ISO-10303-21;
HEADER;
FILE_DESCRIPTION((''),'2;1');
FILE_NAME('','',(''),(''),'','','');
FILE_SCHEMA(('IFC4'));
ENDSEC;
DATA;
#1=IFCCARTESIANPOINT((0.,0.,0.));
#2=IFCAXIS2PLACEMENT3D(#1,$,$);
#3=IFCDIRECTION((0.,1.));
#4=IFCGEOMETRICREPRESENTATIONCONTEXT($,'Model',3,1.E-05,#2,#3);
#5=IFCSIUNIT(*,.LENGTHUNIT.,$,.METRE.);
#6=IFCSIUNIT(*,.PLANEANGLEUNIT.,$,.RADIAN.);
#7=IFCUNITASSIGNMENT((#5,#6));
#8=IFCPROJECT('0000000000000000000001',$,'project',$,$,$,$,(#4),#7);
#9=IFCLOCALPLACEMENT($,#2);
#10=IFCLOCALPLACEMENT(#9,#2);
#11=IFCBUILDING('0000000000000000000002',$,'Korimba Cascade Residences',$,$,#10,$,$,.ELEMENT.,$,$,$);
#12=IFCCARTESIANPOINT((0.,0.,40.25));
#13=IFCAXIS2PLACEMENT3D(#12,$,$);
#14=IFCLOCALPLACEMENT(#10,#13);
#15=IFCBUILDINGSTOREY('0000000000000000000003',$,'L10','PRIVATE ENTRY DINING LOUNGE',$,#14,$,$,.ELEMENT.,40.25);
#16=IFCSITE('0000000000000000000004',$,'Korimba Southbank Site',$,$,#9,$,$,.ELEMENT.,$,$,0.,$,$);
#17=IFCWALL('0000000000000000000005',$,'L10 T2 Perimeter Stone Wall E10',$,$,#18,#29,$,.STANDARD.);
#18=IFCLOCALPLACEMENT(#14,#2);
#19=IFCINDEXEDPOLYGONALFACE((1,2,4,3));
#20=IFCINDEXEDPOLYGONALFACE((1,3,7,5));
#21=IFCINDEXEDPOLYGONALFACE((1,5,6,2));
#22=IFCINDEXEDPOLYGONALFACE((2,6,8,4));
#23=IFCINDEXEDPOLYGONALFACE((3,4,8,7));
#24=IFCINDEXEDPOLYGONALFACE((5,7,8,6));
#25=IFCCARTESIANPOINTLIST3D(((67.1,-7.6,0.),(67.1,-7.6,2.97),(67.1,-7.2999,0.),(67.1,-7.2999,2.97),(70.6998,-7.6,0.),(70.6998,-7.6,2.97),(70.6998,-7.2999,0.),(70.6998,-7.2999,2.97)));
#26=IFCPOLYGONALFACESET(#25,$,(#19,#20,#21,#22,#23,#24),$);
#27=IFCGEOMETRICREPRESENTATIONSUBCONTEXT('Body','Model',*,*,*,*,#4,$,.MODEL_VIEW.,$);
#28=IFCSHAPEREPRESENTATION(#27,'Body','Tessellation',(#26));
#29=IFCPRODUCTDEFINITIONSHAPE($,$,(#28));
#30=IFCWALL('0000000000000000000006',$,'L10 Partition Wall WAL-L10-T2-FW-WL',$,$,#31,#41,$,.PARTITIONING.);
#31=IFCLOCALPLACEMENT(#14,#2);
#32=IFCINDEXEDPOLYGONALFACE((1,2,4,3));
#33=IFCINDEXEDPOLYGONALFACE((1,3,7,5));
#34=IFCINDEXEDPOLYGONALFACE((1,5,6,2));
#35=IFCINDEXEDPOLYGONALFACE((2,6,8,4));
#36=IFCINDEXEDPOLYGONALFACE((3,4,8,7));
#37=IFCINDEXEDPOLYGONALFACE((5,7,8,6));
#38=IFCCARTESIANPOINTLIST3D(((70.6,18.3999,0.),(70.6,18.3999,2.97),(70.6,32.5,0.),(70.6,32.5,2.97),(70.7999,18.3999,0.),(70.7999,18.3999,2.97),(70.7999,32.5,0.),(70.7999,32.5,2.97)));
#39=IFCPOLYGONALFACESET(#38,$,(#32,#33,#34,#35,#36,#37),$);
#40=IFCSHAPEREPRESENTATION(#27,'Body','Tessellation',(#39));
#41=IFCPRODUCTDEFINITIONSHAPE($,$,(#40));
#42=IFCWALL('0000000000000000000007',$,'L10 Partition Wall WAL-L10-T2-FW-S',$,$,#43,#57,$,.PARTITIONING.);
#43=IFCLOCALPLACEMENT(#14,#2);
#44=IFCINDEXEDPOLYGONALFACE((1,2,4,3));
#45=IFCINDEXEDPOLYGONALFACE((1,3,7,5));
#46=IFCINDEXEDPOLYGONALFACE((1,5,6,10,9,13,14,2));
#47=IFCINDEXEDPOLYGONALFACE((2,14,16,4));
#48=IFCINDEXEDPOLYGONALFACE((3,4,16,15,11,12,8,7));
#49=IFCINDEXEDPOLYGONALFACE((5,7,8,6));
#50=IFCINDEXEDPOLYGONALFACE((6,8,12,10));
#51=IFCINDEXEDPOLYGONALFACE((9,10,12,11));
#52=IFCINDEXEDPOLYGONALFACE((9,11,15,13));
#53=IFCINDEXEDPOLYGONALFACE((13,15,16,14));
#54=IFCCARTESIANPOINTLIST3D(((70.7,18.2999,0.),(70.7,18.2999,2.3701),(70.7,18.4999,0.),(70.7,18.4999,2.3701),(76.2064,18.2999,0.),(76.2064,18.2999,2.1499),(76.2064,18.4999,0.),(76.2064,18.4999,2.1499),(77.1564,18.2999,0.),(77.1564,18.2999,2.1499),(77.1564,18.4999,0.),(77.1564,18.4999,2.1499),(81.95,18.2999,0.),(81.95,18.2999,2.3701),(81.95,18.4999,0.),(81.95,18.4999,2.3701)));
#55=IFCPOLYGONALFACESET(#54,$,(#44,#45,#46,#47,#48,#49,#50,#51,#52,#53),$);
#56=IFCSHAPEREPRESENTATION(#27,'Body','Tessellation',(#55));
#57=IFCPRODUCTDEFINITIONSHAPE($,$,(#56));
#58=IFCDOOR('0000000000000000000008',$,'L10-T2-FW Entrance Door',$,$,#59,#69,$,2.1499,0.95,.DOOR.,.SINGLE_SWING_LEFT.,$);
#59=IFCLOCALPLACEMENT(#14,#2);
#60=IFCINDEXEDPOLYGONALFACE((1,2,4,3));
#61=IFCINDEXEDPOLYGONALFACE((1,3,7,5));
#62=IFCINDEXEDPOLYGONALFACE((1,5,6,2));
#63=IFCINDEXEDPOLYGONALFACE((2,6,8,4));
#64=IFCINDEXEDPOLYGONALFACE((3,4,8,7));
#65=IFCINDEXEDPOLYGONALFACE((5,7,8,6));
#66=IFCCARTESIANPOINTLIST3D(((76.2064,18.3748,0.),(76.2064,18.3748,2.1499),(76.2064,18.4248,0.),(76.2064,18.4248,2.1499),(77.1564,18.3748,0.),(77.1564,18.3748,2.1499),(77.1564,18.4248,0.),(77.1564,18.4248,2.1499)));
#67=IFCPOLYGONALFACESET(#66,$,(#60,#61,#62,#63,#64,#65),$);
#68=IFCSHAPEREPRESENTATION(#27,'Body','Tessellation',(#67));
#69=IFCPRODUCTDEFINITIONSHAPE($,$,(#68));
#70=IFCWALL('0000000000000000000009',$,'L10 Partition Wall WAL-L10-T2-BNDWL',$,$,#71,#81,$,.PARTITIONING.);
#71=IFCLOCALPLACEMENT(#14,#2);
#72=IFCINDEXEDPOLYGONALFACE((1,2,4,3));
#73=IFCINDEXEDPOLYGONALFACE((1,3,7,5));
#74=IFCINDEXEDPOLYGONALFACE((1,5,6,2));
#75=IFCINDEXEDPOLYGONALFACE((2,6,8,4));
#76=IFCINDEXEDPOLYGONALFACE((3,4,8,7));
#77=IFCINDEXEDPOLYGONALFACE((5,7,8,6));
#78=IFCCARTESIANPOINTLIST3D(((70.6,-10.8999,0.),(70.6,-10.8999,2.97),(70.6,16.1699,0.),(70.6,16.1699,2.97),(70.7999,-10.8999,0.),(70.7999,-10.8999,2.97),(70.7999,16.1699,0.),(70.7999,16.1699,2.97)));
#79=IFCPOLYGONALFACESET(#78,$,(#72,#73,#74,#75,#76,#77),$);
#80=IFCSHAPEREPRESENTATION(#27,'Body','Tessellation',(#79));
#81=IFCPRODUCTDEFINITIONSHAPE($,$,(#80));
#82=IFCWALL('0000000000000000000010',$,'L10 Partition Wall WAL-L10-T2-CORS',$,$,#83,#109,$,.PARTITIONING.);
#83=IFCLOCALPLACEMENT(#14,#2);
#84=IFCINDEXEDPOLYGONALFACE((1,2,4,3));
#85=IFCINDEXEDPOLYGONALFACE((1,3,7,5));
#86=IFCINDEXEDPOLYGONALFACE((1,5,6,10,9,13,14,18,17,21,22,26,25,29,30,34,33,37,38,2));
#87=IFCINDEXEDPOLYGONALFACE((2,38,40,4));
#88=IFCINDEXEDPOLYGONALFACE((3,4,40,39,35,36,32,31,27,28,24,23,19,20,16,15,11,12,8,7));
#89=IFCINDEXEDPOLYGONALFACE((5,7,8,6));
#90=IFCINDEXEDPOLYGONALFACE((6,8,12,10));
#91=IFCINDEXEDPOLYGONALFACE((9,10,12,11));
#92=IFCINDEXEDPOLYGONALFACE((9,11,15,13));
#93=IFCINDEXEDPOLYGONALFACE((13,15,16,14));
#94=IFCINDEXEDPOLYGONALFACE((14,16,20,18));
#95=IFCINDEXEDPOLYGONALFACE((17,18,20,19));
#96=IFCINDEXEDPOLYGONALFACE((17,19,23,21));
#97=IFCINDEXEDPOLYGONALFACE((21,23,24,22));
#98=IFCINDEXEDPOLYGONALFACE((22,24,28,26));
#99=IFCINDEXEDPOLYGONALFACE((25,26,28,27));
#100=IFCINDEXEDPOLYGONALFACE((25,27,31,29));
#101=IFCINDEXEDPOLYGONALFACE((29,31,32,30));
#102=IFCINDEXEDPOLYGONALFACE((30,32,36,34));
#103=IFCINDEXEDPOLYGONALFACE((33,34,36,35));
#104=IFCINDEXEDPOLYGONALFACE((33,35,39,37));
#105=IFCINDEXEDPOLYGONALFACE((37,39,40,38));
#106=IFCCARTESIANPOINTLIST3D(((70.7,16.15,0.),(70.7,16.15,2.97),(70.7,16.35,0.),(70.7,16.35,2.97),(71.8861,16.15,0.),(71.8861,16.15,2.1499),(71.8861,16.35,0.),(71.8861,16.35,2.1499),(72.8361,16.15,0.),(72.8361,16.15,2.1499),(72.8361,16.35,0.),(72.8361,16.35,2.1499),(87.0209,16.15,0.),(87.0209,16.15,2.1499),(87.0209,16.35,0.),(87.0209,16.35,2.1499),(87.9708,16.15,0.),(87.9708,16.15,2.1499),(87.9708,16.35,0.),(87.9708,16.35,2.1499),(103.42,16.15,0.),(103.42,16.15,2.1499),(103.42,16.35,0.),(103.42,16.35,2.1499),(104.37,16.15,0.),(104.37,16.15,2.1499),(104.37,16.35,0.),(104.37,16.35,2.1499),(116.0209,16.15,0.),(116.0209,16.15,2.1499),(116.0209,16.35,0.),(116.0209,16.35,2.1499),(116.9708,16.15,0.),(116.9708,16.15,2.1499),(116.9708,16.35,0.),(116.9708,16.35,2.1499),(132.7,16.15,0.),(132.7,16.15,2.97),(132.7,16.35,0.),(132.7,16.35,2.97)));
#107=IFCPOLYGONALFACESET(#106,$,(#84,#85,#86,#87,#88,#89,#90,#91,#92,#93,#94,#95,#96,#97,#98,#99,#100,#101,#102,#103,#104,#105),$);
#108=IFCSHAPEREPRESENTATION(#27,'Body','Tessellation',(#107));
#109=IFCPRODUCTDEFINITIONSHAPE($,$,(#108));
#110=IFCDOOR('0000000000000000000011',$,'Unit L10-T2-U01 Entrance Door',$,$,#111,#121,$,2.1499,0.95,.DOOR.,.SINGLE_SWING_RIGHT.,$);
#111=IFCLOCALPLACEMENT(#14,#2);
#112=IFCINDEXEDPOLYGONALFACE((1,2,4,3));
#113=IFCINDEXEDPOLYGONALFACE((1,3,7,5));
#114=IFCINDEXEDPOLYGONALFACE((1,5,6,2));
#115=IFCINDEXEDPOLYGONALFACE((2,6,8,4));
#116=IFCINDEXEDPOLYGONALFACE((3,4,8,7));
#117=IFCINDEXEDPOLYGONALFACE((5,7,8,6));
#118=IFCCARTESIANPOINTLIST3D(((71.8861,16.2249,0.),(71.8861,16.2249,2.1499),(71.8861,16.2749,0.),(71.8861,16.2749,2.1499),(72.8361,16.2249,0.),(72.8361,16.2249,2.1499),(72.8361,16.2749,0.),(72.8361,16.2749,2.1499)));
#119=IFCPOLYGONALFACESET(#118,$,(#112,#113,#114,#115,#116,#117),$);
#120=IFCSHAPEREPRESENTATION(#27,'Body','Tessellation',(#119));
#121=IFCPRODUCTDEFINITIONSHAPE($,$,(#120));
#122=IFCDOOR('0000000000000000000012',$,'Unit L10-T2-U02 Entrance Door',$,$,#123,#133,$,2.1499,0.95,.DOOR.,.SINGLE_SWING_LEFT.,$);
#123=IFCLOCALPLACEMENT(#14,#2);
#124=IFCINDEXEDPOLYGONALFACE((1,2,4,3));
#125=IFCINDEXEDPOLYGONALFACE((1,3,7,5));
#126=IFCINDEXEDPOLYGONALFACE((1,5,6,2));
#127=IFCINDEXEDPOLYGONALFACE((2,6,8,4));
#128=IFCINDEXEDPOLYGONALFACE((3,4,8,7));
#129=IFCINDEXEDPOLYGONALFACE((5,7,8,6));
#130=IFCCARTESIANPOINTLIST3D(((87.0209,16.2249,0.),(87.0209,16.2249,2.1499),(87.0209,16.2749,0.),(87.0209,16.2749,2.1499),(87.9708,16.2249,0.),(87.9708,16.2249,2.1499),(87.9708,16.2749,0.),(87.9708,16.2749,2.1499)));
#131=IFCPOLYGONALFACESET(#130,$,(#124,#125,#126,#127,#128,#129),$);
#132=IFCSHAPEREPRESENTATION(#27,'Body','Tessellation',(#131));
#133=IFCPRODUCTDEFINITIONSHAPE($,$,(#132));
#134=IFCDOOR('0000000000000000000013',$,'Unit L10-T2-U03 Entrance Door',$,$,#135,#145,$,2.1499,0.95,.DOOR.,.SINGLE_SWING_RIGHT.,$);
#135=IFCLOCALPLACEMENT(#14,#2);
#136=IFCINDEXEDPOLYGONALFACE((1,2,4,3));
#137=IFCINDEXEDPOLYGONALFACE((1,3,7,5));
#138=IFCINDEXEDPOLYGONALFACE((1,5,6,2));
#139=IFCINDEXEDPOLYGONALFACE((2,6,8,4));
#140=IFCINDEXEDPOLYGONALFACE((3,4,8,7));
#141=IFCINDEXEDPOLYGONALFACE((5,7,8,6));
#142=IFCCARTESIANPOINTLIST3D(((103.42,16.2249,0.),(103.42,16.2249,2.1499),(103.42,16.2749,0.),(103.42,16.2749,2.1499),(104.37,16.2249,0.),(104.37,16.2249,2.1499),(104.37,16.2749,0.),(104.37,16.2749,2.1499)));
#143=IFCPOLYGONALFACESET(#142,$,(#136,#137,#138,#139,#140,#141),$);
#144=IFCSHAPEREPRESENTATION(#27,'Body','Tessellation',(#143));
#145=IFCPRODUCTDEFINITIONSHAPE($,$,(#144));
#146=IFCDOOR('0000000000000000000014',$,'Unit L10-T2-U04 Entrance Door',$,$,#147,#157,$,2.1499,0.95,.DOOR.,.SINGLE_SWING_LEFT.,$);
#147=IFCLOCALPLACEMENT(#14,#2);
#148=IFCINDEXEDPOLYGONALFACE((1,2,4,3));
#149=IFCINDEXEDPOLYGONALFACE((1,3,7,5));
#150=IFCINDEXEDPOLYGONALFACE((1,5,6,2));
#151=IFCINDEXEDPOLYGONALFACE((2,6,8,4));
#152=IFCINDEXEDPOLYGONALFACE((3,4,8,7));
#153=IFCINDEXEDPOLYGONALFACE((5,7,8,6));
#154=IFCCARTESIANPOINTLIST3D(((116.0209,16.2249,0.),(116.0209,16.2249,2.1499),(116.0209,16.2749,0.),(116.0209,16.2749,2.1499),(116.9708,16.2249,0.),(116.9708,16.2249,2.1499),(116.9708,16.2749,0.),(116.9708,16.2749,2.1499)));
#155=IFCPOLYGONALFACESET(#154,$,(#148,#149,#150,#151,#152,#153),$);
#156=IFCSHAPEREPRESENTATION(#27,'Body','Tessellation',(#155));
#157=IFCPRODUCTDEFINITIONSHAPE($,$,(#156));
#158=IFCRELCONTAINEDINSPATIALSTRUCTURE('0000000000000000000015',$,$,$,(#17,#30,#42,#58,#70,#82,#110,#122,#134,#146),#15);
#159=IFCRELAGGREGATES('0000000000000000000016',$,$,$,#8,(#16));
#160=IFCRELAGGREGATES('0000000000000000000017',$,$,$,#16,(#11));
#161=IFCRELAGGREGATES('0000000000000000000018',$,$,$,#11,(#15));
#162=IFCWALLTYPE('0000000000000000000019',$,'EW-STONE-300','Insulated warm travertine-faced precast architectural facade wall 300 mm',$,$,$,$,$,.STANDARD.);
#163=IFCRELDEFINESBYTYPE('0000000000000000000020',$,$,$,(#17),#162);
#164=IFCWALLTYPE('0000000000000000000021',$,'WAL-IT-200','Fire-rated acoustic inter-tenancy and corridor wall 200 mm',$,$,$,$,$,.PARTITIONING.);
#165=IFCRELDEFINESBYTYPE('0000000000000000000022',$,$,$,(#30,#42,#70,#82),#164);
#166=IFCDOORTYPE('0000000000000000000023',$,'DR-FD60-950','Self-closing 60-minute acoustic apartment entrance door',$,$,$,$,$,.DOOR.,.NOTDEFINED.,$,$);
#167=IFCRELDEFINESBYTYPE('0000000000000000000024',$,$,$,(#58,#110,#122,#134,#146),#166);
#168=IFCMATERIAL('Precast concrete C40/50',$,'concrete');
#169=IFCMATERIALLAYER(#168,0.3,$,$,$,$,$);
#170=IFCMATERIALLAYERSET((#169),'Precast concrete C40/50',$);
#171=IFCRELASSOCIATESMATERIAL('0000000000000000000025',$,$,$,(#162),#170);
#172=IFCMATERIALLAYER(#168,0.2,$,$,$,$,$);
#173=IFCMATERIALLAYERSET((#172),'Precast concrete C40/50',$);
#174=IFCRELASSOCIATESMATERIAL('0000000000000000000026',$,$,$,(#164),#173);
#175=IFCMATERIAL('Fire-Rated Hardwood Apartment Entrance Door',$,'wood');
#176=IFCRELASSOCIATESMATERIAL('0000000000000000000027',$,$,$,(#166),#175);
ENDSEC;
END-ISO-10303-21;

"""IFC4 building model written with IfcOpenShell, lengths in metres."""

from ifc_helpers import new_model, si_unit, direction, frame, frame_2d, origin, place, context, subcontext, project, spatial, rectangle, extrude, material, layer, layer_set, type_object, element, fill, save


model = new_model("IFC4")

# Units and contexts
model_context = context("Model", 3, precision=1e-05, world=origin(), true_north=direction((0.0, 1.0)))
body_context = subcontext(model_context, "Body", "Model", "MODEL_VIEW")
ifc_project = project(units=[si_unit("LENGTHUNIT", "METRE"), si_unit("PLANEANGLEUNIT", "RADIAN")], contexts=[model_context])

# Site, building, storey
site_placement = place(None, origin())
site = spatial("IfcSite", under=ifc_project, at=site_placement, Name="Korimba Southbank Site", CompositionType="ELEMENT", RefElevation=0.0)
building_placement = place(site_placement, origin())
building = spatial("IfcBuilding", under=site, at=building_placement, Name="Korimba Cascade Residences", CompositionType="ELEMENT")
storey_placement = place(building_placement, frame((0.0, 0.0, 40.25)))
storey = spatial("IfcBuildingStorey", under=building, at=storey_placement, Name="L10", Description="PRIVATE ENTRY DINING LOUNGE", CompositionType="ELEMENT", Elevation=40.25)

# Shared definitions
ifc_material_1 = material(Name="Precast concrete C40/50", Category="concrete")

# Walls
ifc_layer_1 = layer(ifc_material_1, 0.3)
ifc_layer_set_1 = layer_set([ifc_layer_1], Name="Precast concrete C40/50")
wall_type_1 = type_object("IfcWallType", Name="EW-STONE-300", Description="Insulated warm travertine-faced precast architectural facade wall 300 mm", PredefinedType="STANDARD", material=ifc_layer_set_1)
wall_1_placement = place(storey_placement, frame((67.1001, -7.45, 0.0), z_axis=(0.0, 0.0, 1.0), x_axis=(1.0, 0.0, 0.0)))
element("IfcWall", 1, at=wall_1_placement, inside=storey, type_object=wall_type_1, Name="L10 T2 Perimeter Stone Wall E10", PredefinedType="STANDARD", context=body_context, shape_type="SweptSolid", body=[
    extrude(rectangle(XDim=3.5999, YDim=0.3, at=frame_2d((1.7998, 0.0))), origin(), (0.0, 0.0, 1.0), 2.97),
])
ifc_layer_2 = layer(ifc_material_1, 0.2)
ifc_layer_set_2 = layer_set([ifc_layer_2], Name="Precast concrete C40/50")
wall_type_2 = type_object("IfcWallType", Name="WAL-IT-200", Description="Fire-rated acoustic inter-tenancy and corridor wall 200 mm", PredefinedType="PARTITIONING", material=ifc_layer_set_2)
wall_2_placement = place(storey_placement, frame((70.7, 18.3999, 0.0), z_axis=(0.0, 0.0, 1.0), x_axis=(0.0, 1.0, 0.0)))
element("IfcWall", 2, at=wall_2_placement, inside=storey, type_object=wall_type_2, Name="L10 Partition Wall WAL-L10-T2-FW-WL", PredefinedType="PARTITIONING", context=body_context, shape_type="SweptSolid", body=[
    extrude(rectangle(XDim=14.1001, YDim=0.2, at=frame_2d((7.05, 0.0))), origin(), (0.0, 0.0, 1.0), 2.97),
])

# Wall, opening, door
wall_3_placement = place(storey_placement, frame((70.7, 18.3999, 0.0), z_axis=(0.0, 0.0, 1.0), x_axis=(1.0, 0.0, 0.0)))
wall_3 = element("IfcWall", 3, at=wall_3_placement, inside=storey, type_object=wall_type_2, Name="L10 Partition Wall WAL-L10-T2-FW-S", PredefinedType="PARTITIONING", context=body_context, shape_type="SweptSolid", body=[
    extrude(rectangle(XDim=11.25, YDim=0.2, at=frame_2d((5.625, 0.0))), origin(), (0.0, 0.0, 1.0), 2.3701),
])
opening_1_placement = place(wall_3_placement, frame((5.5063, 0.0, 0.0)))
opening_1 = element("IfcOpeningElement", 4, at=opening_1_placement, cuts=wall_3, PredefinedType="OPENING", context=body_context, shape_type="SweptSolid", body=[
    extrude(rectangle(XDim=0.95, YDim=2.1499, at=frame_2d((0.4751, 1.075))), frame((0.0, 0.1099, 0.0), z_axis=(0.0, -1.0, 0.0), x_axis=(1.0, 0.0, 0.0)), (0.0, 0.0, 1.0), 0.22),
])
ifc_material_2 = material(Name="Fire-Rated Hardwood Apartment Entrance Door", Category="wood")
door_type_1 = type_object("IfcDoorType", Name="DR-FD60-950", Description="Self-closing 60-minute acoustic apartment entrance door", OperationType="NOTDEFINED", PredefinedType="DOOR", material=ifc_material_2)
door_1_placement = place(opening_1_placement, origin())
door_1 = element("IfcDoor", 5, at=door_1_placement, inside=storey, type_object=door_type_1, Name="L10-T2-FW Entrance Door", OperationType="SINGLE_SWING_LEFT", OverallHeight=2.1499, OverallWidth=0.95, PredefinedType="DOOR", context=body_context, shape_type="SweptSolid", body=[
    extrude(rectangle(XDim=0.95, YDim=2.1499, at=frame_2d((0.4751, 1.075))), frame((0.0, 0.0249, 0.0), z_axis=(0.0, -1.0, 0.0), x_axis=(1.0, 0.0, 0.0)), (0.0, 0.0, 1.0), 0.05),
])
fill(opening_1, door_1)

# Wall
wall_4_placement = place(storey_placement, frame((70.7, -10.8999, 0.0), z_axis=(0.0, 0.0, 1.0), x_axis=(0.0, 1.0, 0.0)))
element("IfcWall", 6, at=wall_4_placement, inside=storey, type_object=wall_type_2, Name="L10 Partition Wall WAL-L10-T2-BNDWL", PredefinedType="PARTITIONING", context=body_context, shape_type="SweptSolid", body=[
    extrude(rectangle(XDim=27.0698, YDim=0.2, at=frame_2d((13.5349, 0.0))), origin(), (0.0, 0.0, 1.0), 2.97),
])

# Wall, openings, doors
wall_5_placement = place(storey_placement, frame((70.7, 16.25, 0.0), z_axis=(0.0, 0.0, 1.0), x_axis=(1.0, 0.0, 0.0)))
wall_5 = element("IfcWall", 7, at=wall_5_placement, inside=storey, type_object=wall_type_2, Name="L10 Partition Wall WAL-L10-T2-CORS", PredefinedType="PARTITIONING", context=body_context, shape_type="SweptSolid", body=[
    extrude(rectangle(XDim=62.0, YDim=0.2, at=frame_2d((31.0, 0.0))), origin(), (0.0, 0.0, 1.0), 2.97),
])
opening_2_placement = place(wall_5_placement, frame((1.186, 0.0, 0.0)))
opening_2 = element("IfcOpeningElement", 8, at=opening_2_placement, cuts=wall_5, PredefinedType="OPENING", context=body_context, shape_type="SweptSolid", body=[
    extrude(rectangle(XDim=0.95, YDim=2.1499, at=frame_2d((0.4751, 1.075))), frame((0.0, 0.1099, 0.0), z_axis=(0.0, -1.0, 0.0), x_axis=(1.0, 0.0, 0.0)), (0.0, 0.0, 1.0), 0.22),
])
opening_3_placement = place(wall_5_placement, frame((16.3208, 0.0, 0.0)))
opening_3 = element("IfcOpeningElement", 9, at=opening_3_placement, cuts=wall_5, PredefinedType="OPENING", context=body_context, shape_type="SweptSolid", body=[
    extrude(rectangle(XDim=0.95, YDim=2.1499, at=frame_2d((0.4751, 1.075))), frame((0.0, 0.1099, 0.0), z_axis=(0.0, -1.0, 0.0), x_axis=(1.0, 0.0, 0.0)), (0.0, 0.0, 1.0), 0.22),
])
opening_4_placement = place(wall_5_placement, frame((32.72, 0.0, 0.0)))
opening_4 = element("IfcOpeningElement", 10, at=opening_4_placement, cuts=wall_5, PredefinedType="OPENING", context=body_context, shape_type="SweptSolid", body=[
    extrude(rectangle(XDim=0.95, YDim=2.1499, at=frame_2d((0.4751, 1.075))), frame((0.0, 0.1099, 0.0), z_axis=(0.0, -1.0, 0.0), x_axis=(1.0, 0.0, 0.0)), (0.0, 0.0, 1.0), 0.22),
])
opening_5_placement = place(wall_5_placement, frame((45.3208, 0.0, 0.0)))
opening_5 = element("IfcOpeningElement", 11, at=opening_5_placement, cuts=wall_5, PredefinedType="OPENING", context=body_context, shape_type="SweptSolid", body=[
    extrude(rectangle(XDim=0.95, YDim=2.1499, at=frame_2d((0.4751, 1.075))), frame((0.0, 0.1099, 0.0), z_axis=(0.0, -1.0, 0.0), x_axis=(1.0, 0.0, 0.0)), (0.0, 0.0, 1.0), 0.22),
])
door_2_placement = place(opening_2_placement, origin())
door_2 = element("IfcDoor", 12, at=door_2_placement, inside=storey, type_object=door_type_1, Name="Unit L10-T2-U01 Entrance Door", OperationType="SINGLE_SWING_RIGHT", OverallHeight=2.1499, OverallWidth=0.95, PredefinedType="DOOR", context=body_context, shape_type="SweptSolid", body=[
    extrude(rectangle(XDim=0.95, YDim=2.1499, at=frame_2d((0.4751, 1.075))), frame((0.0, 0.0249, 0.0), z_axis=(0.0, -1.0, 0.0), x_axis=(1.0, 0.0, 0.0)), (0.0, 0.0, 1.0), 0.05),
])
fill(opening_2, door_2)
door_3_placement = place(opening_3_placement, origin())
door_3 = element("IfcDoor", 13, at=door_3_placement, inside=storey, type_object=door_type_1, Name="Unit L10-T2-U02 Entrance Door", OperationType="SINGLE_SWING_LEFT", OverallHeight=2.1499, OverallWidth=0.95, PredefinedType="DOOR", context=body_context, shape_type="SweptSolid", body=[
    extrude(rectangle(XDim=0.95, YDim=2.1499, at=frame_2d((0.4751, 1.075))), frame((0.0, 0.0249, 0.0), z_axis=(0.0, -1.0, 0.0), x_axis=(1.0, 0.0, 0.0)), (0.0, 0.0, 1.0), 0.05),
])
fill(opening_3, door_3)
door_4_placement = place(opening_4_placement, origin())
door_4 = element("IfcDoor", 14, at=door_4_placement, inside=storey, type_object=door_type_1, Name="Unit L10-T2-U03 Entrance Door", OperationType="SINGLE_SWING_RIGHT", OverallHeight=2.1499, OverallWidth=0.95, PredefinedType="DOOR", context=body_context, shape_type="SweptSolid", body=[
    extrude(rectangle(XDim=0.95, YDim=2.1499, at=frame_2d((0.4751, 1.075))), frame((0.0, 0.0249, 0.0), z_axis=(0.0, -1.0, 0.0), x_axis=(1.0, 0.0, 0.0)), (0.0, 0.0, 1.0), 0.05),
])
fill(opening_4, door_4)
door_5_placement = place(opening_5_placement, origin())
door_5 = element("IfcDoor", 15, at=door_5_placement, inside=storey, type_object=door_type_1, Name="Unit L10-T2-U04 Entrance Door", OperationType="SINGLE_SWING_LEFT", OverallHeight=2.1499, OverallWidth=0.95, PredefinedType="DOOR", context=body_context, shape_type="SweptSolid", body=[
    extrude(rectangle(XDim=0.95, YDim=2.1499, at=frame_2d((0.4751, 1.075))), frame((0.0, 0.0249, 0.0), z_axis=(0.0, -1.0, 0.0), x_axis=(1.0, 0.0, 0.0)), (0.0, 0.0, 1.0), 0.05),
])
fill(opening_5, door_5)

save(model, "model.ifc")
